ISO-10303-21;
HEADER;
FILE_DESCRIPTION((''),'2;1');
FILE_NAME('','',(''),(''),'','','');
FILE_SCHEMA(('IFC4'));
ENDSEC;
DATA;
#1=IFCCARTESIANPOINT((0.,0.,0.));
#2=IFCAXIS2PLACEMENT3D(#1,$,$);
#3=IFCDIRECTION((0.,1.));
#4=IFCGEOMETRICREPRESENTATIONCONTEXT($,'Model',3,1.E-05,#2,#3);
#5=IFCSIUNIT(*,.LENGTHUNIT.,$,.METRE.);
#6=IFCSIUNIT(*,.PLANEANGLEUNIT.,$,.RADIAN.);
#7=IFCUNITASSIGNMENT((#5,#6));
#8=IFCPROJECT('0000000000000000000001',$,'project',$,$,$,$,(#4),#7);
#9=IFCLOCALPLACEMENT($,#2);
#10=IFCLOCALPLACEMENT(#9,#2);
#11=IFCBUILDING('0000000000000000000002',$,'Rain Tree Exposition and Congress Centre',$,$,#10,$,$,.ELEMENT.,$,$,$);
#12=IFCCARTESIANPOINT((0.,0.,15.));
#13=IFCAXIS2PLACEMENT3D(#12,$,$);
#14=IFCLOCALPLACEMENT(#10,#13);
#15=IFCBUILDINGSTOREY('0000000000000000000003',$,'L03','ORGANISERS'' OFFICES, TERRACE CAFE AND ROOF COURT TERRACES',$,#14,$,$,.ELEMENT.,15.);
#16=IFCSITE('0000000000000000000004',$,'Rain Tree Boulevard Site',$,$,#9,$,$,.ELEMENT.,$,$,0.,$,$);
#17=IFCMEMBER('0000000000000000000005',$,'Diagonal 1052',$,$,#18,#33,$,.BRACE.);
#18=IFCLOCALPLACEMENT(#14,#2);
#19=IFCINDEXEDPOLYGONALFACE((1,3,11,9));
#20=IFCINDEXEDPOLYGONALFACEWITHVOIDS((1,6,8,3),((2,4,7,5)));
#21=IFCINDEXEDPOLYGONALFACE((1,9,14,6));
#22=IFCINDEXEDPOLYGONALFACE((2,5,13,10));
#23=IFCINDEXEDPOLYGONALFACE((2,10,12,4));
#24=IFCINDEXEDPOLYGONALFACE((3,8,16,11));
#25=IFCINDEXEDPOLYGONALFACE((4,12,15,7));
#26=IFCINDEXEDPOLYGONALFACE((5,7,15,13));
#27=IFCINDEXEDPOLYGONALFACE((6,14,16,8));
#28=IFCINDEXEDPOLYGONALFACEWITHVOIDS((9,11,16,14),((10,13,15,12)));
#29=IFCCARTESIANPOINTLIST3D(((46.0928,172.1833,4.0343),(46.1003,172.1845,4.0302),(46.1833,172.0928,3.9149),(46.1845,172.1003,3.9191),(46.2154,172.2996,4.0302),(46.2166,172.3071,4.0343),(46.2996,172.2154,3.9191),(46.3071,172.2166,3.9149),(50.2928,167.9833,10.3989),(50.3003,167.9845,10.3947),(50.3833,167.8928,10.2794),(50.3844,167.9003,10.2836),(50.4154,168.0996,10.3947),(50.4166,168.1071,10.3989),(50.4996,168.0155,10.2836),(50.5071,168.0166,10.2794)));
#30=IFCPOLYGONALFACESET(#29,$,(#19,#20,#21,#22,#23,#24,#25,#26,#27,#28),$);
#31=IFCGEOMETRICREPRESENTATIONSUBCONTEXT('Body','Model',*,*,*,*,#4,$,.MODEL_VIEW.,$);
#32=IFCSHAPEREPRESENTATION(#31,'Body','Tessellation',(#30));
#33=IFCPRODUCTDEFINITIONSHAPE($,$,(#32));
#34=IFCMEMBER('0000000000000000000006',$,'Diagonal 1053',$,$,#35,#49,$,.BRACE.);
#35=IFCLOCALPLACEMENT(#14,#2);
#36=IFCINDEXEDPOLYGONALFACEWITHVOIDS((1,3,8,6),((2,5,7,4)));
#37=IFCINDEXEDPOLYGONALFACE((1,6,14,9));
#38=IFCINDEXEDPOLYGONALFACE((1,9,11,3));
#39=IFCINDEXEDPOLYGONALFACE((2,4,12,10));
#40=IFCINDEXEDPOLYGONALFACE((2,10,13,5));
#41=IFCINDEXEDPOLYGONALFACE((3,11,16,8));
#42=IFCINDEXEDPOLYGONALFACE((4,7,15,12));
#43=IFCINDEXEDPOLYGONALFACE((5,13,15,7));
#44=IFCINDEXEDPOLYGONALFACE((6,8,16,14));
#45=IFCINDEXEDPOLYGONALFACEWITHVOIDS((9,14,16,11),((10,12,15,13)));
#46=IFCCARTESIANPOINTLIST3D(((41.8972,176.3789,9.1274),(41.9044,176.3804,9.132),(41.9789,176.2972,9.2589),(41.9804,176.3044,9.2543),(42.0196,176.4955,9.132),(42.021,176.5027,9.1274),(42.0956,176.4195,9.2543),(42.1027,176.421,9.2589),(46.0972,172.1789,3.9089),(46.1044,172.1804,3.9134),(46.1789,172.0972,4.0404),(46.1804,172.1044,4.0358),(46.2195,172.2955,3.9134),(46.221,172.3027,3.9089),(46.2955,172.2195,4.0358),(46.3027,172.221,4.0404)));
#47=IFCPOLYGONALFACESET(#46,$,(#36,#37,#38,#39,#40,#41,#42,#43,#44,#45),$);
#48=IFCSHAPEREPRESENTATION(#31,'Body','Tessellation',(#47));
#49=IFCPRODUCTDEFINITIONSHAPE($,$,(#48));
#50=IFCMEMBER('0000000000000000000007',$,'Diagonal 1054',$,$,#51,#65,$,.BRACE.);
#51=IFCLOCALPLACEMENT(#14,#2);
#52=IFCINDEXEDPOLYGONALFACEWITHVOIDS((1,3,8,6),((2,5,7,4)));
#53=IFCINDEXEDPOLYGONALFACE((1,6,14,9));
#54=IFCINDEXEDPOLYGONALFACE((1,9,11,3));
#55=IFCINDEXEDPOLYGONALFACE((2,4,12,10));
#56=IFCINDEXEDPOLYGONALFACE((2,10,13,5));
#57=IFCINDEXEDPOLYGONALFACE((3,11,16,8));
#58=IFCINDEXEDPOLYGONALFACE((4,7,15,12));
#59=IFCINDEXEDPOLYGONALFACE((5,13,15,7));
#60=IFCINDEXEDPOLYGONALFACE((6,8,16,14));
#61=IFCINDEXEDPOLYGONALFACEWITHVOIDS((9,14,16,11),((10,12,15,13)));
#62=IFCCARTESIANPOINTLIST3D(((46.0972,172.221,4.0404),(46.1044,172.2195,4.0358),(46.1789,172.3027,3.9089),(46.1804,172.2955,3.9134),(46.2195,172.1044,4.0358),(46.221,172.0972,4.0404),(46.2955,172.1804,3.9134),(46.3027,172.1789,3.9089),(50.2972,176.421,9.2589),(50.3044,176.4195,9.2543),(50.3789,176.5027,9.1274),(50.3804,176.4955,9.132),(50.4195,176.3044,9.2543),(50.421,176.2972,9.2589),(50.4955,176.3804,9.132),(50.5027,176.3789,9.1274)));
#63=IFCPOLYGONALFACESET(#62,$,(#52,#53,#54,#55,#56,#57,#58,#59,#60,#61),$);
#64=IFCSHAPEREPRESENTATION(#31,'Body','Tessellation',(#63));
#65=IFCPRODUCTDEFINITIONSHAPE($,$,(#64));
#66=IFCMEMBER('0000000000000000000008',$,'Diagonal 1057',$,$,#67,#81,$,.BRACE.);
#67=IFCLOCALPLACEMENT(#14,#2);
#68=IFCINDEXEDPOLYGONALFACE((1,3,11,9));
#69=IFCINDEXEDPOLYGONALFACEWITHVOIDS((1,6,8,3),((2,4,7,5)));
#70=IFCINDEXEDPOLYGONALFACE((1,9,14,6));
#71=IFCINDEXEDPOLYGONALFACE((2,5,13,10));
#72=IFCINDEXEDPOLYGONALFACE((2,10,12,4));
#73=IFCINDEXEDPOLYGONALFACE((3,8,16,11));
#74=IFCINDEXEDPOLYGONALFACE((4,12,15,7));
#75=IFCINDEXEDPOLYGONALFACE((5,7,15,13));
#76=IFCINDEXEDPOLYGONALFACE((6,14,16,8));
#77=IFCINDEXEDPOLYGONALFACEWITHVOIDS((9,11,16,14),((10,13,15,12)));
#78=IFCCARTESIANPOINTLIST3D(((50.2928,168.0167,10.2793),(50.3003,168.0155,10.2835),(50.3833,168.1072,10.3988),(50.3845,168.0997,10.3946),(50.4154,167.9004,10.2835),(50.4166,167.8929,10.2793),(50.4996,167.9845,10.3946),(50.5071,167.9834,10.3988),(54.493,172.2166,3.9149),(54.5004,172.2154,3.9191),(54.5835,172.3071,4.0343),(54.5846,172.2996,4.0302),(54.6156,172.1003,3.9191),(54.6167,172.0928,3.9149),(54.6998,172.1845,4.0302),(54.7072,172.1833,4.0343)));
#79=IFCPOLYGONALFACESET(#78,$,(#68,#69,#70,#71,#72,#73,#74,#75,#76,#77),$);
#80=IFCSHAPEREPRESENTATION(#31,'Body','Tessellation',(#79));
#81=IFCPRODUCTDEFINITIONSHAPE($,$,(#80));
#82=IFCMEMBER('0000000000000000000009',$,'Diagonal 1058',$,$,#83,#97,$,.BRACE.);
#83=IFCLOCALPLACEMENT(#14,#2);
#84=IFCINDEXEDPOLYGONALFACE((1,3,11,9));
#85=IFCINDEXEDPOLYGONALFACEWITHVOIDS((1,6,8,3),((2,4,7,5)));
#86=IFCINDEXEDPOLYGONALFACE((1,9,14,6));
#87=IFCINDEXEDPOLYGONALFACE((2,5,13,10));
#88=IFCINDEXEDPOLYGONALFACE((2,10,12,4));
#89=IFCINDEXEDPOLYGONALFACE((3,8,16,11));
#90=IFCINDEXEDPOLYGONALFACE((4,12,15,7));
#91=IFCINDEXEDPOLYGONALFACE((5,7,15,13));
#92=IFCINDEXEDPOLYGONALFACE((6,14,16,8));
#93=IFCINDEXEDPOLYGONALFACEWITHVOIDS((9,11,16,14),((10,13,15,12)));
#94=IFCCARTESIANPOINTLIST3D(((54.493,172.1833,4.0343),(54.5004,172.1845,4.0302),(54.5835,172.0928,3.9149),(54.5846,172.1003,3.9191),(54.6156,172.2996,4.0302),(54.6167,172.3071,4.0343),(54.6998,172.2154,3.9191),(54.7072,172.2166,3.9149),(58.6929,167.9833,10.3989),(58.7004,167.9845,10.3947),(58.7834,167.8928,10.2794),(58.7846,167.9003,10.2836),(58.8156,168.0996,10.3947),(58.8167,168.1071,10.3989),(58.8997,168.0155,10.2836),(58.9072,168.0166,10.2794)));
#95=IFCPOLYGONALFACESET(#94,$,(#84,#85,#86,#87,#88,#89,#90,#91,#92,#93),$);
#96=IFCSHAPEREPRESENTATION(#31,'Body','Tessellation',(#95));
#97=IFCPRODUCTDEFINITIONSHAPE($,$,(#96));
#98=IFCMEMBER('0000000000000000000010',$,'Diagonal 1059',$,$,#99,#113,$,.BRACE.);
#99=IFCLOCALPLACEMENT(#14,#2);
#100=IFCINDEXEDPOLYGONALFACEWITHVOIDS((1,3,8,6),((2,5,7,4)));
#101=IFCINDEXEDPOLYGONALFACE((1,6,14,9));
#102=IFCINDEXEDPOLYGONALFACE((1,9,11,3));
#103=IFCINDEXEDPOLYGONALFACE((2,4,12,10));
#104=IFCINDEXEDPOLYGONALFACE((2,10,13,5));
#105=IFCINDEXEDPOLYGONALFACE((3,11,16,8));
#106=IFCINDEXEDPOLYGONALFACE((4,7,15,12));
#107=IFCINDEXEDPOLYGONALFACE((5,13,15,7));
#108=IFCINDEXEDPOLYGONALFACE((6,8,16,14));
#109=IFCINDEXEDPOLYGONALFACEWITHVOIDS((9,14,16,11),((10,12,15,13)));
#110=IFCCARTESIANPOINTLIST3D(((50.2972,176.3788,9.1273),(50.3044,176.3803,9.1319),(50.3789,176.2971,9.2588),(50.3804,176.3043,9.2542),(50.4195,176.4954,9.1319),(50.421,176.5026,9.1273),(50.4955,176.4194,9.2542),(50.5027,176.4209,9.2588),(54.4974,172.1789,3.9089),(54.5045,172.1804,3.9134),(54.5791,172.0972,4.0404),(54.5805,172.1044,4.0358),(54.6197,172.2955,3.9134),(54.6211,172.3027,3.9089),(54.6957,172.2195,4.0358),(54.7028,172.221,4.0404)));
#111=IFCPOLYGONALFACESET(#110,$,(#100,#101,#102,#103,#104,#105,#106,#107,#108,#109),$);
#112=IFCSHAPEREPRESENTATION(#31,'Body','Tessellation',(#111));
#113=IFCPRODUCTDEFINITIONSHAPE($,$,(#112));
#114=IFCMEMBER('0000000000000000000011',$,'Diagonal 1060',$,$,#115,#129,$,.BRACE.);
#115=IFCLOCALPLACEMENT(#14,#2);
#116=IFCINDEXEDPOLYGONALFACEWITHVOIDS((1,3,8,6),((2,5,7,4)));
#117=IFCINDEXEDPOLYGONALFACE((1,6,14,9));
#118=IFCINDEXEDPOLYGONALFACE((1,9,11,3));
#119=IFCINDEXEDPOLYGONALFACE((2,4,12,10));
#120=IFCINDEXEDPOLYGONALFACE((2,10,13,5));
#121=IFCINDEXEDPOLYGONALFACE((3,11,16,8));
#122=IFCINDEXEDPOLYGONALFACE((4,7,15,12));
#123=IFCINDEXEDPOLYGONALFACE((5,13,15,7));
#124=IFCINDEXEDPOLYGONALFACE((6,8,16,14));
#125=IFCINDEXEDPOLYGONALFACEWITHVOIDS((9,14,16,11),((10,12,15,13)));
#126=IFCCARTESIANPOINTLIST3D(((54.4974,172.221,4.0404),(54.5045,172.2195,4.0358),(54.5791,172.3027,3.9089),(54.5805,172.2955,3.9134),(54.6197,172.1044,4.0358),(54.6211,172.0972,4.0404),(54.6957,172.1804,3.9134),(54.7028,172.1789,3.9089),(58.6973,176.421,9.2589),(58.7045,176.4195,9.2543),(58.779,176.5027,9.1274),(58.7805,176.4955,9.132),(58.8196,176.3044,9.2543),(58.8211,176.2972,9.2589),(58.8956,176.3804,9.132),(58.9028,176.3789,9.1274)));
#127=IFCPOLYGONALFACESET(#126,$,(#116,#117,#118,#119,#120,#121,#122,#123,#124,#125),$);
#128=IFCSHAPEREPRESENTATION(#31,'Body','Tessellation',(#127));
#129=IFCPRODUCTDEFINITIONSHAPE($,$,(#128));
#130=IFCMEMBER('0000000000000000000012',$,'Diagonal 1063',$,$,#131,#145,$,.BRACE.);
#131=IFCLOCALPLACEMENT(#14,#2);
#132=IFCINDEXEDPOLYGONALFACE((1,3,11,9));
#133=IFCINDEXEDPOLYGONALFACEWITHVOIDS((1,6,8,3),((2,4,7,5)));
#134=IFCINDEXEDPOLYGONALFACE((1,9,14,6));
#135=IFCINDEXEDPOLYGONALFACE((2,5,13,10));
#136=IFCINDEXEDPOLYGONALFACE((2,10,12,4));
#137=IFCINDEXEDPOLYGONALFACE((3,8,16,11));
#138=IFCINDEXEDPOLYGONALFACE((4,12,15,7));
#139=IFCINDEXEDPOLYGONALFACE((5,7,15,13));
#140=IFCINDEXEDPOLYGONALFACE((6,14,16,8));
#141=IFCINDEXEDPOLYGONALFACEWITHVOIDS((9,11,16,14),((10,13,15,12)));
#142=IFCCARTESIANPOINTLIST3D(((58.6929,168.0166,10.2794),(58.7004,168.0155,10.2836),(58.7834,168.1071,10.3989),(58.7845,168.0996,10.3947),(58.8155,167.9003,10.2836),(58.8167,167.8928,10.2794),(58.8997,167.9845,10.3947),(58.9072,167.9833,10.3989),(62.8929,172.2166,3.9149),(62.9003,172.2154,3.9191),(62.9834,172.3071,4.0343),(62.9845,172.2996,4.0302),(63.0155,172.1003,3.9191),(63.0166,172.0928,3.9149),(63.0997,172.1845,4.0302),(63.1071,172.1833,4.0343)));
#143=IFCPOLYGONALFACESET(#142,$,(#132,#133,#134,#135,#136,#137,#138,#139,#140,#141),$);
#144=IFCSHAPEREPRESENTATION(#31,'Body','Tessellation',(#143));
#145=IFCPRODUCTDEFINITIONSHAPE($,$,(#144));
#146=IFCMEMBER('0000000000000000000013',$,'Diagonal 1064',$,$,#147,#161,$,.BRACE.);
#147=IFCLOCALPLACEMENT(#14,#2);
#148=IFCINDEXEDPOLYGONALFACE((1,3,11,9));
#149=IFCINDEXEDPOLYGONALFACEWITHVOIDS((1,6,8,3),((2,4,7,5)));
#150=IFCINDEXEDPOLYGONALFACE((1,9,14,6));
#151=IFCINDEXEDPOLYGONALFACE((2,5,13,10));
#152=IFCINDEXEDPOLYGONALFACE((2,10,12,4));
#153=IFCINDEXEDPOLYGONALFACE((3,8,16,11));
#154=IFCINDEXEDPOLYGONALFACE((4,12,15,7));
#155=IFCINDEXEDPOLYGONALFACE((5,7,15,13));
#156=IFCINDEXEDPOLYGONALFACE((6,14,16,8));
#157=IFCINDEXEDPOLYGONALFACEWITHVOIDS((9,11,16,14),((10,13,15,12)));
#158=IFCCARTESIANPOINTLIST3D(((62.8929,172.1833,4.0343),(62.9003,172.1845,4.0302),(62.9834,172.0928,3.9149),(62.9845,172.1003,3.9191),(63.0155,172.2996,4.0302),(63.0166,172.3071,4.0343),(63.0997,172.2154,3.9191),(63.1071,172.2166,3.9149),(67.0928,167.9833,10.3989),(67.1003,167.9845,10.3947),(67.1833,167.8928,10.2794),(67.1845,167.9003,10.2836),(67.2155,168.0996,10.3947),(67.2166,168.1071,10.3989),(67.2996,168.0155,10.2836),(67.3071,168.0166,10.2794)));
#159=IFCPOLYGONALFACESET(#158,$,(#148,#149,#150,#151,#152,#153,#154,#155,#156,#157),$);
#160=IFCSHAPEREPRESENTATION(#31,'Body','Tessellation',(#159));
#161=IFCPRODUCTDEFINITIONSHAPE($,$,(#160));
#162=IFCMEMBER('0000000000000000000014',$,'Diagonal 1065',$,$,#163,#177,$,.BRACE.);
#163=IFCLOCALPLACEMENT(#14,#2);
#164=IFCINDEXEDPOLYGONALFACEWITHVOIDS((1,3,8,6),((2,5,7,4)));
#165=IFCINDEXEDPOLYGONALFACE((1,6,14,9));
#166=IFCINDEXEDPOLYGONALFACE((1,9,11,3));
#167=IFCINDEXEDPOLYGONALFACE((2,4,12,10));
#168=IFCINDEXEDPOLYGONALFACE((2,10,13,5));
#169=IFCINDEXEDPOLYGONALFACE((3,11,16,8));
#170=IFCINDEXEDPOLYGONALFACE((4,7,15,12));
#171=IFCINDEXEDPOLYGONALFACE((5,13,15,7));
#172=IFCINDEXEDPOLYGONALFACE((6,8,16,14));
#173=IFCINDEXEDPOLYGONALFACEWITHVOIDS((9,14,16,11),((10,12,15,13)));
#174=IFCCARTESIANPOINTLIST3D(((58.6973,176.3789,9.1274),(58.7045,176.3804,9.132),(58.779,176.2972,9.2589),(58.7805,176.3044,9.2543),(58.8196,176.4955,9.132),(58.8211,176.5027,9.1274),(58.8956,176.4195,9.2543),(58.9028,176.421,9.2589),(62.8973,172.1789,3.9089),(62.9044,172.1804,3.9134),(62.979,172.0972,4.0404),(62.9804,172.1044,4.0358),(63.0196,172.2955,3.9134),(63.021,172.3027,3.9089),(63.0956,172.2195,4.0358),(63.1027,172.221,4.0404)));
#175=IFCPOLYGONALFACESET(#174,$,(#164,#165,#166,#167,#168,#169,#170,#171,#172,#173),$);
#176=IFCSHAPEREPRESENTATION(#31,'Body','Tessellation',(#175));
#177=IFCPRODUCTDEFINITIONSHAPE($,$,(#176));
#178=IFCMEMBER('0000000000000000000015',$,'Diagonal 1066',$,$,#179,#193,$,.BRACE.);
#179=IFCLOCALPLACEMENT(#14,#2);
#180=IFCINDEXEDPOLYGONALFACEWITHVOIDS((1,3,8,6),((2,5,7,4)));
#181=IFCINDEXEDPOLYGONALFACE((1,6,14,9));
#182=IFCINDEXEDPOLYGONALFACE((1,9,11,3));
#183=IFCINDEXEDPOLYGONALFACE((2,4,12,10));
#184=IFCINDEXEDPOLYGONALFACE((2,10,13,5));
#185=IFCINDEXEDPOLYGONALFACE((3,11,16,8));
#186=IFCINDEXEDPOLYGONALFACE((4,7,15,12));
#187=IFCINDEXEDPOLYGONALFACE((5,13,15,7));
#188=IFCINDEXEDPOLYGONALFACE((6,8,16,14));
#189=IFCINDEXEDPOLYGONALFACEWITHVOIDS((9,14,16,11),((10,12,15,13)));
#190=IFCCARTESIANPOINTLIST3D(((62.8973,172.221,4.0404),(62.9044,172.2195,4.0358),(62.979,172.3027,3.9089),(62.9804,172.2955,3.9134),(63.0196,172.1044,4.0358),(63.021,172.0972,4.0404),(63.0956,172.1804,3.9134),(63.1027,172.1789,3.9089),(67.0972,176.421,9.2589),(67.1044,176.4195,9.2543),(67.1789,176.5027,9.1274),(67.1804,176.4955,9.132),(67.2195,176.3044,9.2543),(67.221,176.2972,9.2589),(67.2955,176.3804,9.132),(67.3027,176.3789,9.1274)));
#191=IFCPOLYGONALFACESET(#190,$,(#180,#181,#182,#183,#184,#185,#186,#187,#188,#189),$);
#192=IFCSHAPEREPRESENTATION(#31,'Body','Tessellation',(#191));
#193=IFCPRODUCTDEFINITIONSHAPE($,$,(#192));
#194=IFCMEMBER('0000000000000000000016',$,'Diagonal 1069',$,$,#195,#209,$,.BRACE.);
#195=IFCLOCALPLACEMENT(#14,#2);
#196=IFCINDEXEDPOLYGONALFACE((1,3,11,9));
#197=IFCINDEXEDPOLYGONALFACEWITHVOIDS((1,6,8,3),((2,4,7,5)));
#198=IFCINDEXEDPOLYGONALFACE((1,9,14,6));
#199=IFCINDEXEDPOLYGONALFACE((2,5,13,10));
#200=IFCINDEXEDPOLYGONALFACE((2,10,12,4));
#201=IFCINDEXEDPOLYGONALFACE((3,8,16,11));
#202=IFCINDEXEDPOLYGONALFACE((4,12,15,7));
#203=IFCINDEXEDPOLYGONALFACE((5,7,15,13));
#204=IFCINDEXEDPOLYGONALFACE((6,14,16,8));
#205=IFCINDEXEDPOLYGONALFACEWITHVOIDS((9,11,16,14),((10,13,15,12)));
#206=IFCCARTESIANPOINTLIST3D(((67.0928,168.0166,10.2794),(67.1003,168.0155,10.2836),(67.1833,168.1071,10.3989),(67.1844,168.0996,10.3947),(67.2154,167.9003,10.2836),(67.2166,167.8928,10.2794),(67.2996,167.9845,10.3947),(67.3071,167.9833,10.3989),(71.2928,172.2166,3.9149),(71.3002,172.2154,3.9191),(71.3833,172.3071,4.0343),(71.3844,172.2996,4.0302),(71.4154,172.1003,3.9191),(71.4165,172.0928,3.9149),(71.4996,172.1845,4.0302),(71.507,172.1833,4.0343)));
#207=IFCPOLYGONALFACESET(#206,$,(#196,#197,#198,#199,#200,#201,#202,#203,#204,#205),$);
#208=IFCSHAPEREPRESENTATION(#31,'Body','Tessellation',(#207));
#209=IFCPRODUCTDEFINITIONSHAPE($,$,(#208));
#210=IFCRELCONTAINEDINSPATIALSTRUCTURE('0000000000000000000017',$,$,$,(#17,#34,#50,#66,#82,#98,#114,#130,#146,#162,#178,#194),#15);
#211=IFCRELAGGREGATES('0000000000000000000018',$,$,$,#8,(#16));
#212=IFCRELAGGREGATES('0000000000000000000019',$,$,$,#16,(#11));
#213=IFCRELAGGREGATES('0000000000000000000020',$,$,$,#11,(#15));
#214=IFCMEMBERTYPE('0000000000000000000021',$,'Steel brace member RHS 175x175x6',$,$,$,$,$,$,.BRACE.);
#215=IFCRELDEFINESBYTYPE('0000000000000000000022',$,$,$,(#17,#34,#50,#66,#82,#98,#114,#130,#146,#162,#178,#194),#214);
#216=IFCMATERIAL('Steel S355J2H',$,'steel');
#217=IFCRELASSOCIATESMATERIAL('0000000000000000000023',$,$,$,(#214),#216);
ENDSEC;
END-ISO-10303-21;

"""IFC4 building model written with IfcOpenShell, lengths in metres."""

from ifc_helpers import new_model, si_unit, direction, frame, origin, origin_2d, place, context, subcontext, project, spatial, hollow_rectangle, extrude, material, material_profile, profile_set, type_object, element, save


model = new_model("IFC4")

# Units and contexts
model_context = context("Model", 3, precision=1e-05, world=origin(), true_north=direction((0.0, 1.0)))
body_context = subcontext(model_context, "Body", "Model", "MODEL_VIEW")
ifc_project = project(units=[si_unit("LENGTHUNIT", "METRE"), si_unit("PLANEANGLEUNIT", "RADIAN")], contexts=[model_context])

# Site, building, storey
site_placement = place(None, origin())
site = spatial("IfcSite", under=ifc_project, at=site_placement, Name="Rain Tree Boulevard Site", CompositionType="ELEMENT", RefElevation=0.0)
building_placement = place(site_placement, origin())
building = spatial("IfcBuilding", under=site, at=building_placement, Name="Rain Tree Exposition and Congress Centre", CompositionType="ELEMENT")
storey_placement = place(building_placement, frame((0.0, 0.0, 15.0)))
storey = spatial("IfcBuildingStorey", under=building, at=storey_placement, Name="L03", Description="ORGANISERS' OFFICES, TERRACE CAFE AND ROOF COURT TERRACES", CompositionType="ELEMENT", Elevation=15.0)

# Members
ifc_material_1 = material(Name="Steel S355J2H", Category="steel")
ifc_material_profile_1 = material_profile(ifc_material_1, hollow_rectangle(XDim=0.175, YDim=0.175, WallThickness=0.0061, at=origin_2d()), Name="RHS 175x175x6")
ifc_profile_set_1 = profile_set([ifc_material_profile_1], Name="Steel S355J2H")
member_type_1 = type_object("IfcMemberType", Name="Steel brace member RHS 175x175x6", PredefinedType="BRACE", material=ifc_profile_set_1)
member_1_placement = place(storey_placement, frame((46.2, 172.2, 3.9746), z_axis=(0.482447, -0.482447, 0.731088), x_axis=(0.707107, 0.707107, 0.0)))
element("IfcMember", 1, at=member_1_placement, inside=storey, type_object=member_type_1, Name="Diagonal 1052", PredefinedType="BRACE", context=body_context, shape_type="SweptSolid", body=[
    extrude(hollow_rectangle(XDim=0.175, YDim=0.175, WallThickness=0.0061, at=origin_2d()), origin(), (0.0, 0.0, 1.0), 8.7056),
])
for number, where, z_axis, x_axis, name in (
    (2, (46.2, 172.2, 3.9746), (-0.531206, 0.531206, 0.660031), (-0.707107, -0.707107, 0.0), "Diagonal 1053"),
    (3, (46.2, 172.2, 3.9746), (0.531206, 0.531206, 0.660031), (-0.707107, 0.707107, 0.0), "Diagonal 1054"),
):
    element("IfcMember", number, at=place(storey_placement, frame(where, z_axis=z_axis, x_axis=x_axis)), inside=storey, type_object=member_type_1, Name=name, PredefinedType="BRACE", context=body_context, shape_type="SweptSolid", body=[
        extrude(hollow_rectangle(XDim=0.175, YDim=0.175, WallThickness=0.0061, at=origin_2d()), origin(), (0.0, 0.0, 1.0), 7.9065),
    ])
for number, where, z_axis, x_axis, name in (
    (4, (54.6001, 172.2, 3.9746), (-0.482468, -0.48244, 0.731078), (0.707086, -0.707127, 0.0), "Diagonal 1057"),
    (5, (54.6001, 172.2, 3.9746), (0.482447, -0.482447, 0.731088), (0.707107, 0.707107, 0.0), "Diagonal 1058"),
):
    element("IfcMember", number, at=place(storey_placement, frame(where, z_axis=z_axis, x_axis=x_axis)), inside=storey, type_object=member_type_1, Name=name, PredefinedType="BRACE", context=body_context, shape_type="SweptSolid", body=[
        extrude(hollow_rectangle(XDim=0.175, YDim=0.175, WallThickness=0.0061, at=origin_2d()), origin(), (0.0, 0.0, 1.0), 8.7056),
    ])
for number, where, z_axis, x_axis, name in (
    (6, (54.6001, 172.2, 3.9746), (-0.531228, 0.531197, 0.66002), (-0.707086, -0.707127, 0.0), "Diagonal 1059"),
    (7, (54.6001, 172.2, 3.9746), (0.531206, 0.531206, 0.660031), (-0.707107, 0.707107, 0.0), "Diagonal 1060"),
):
    element("IfcMember", number, at=place(storey_placement, frame(where, z_axis=z_axis, x_axis=x_axis)), inside=storey, type_object=member_type_1, Name=name, PredefinedType="BRACE", context=body_context, shape_type="SweptSolid", body=[
        extrude(hollow_rectangle(XDim=0.175, YDim=0.175, WallThickness=0.0061, at=origin_2d()), origin(), (0.0, 0.0, 1.0), 7.9065),
    ])
for number, where, z_axis, x_axis, name in (
    (8, (63.0, 172.2, 3.9746), (-0.482447, -0.482447, 0.731088), (0.707107, -0.707107, 0.0), "Diagonal 1063"),
    (9, (63.0, 172.2, 3.9746), (0.482447, -0.482447, 0.731088), (0.707107, 0.707107, 0.0), "Diagonal 1064"),
):
    element("IfcMember", number, at=place(storey_placement, frame(where, z_axis=z_axis, x_axis=x_axis)), inside=storey, type_object=member_type_1, Name=name, PredefinedType="BRACE", context=body_context, shape_type="SweptSolid", body=[
        extrude(hollow_rectangle(XDim=0.175, YDim=0.175, WallThickness=0.0061, at=origin_2d()), origin(), (0.0, 0.0, 1.0), 8.7056),
    ])
for number, where, z_axis, x_axis, name in (
    (10, (63.0, 172.2, 3.9746), (-0.531206, 0.531206, 0.660031), (-0.707107, -0.707107, 0.0), "Diagonal 1065"),
    (11, (63.0, 172.2, 3.9746), (0.531206, 0.531206, 0.660031), (-0.707107, 0.707107, 0.0), "Diagonal 1066"),
):
    element("IfcMember", number, at=place(storey_placement, frame(where, z_axis=z_axis, x_axis=x_axis)), inside=storey, type_object=member_type_1, Name=name, PredefinedType="BRACE", context=body_context, shape_type="SweptSolid", body=[
        extrude(hollow_rectangle(XDim=0.175, YDim=0.175, WallThickness=0.0061, at=origin_2d()), origin(), (0.0, 0.0, 1.0), 7.9065),
    ])
for number, where, z_axis, x_axis, name in (
    (12, (71.3999, 172.2, 3.9746), (-0.482447, -0.482447, 0.731088), (0.707107, -0.707107, 0.0), "Diagonal 1069"),
):
    element("IfcMember", number, at=place(storey_placement, frame(where, z_axis=z_axis, x_axis=x_axis)), inside=storey, type_object=member_type_1, Name=name, PredefinedType="BRACE", context=body_context, shape_type="SweptSolid", body=[
        extrude(hollow_rectangle(XDim=0.175, YDim=0.175, WallThickness=0.0061, at=origin_2d()), origin(), (0.0, 0.0, 1.0), 8.7056),
    ])

save(model, "model.ifc")
